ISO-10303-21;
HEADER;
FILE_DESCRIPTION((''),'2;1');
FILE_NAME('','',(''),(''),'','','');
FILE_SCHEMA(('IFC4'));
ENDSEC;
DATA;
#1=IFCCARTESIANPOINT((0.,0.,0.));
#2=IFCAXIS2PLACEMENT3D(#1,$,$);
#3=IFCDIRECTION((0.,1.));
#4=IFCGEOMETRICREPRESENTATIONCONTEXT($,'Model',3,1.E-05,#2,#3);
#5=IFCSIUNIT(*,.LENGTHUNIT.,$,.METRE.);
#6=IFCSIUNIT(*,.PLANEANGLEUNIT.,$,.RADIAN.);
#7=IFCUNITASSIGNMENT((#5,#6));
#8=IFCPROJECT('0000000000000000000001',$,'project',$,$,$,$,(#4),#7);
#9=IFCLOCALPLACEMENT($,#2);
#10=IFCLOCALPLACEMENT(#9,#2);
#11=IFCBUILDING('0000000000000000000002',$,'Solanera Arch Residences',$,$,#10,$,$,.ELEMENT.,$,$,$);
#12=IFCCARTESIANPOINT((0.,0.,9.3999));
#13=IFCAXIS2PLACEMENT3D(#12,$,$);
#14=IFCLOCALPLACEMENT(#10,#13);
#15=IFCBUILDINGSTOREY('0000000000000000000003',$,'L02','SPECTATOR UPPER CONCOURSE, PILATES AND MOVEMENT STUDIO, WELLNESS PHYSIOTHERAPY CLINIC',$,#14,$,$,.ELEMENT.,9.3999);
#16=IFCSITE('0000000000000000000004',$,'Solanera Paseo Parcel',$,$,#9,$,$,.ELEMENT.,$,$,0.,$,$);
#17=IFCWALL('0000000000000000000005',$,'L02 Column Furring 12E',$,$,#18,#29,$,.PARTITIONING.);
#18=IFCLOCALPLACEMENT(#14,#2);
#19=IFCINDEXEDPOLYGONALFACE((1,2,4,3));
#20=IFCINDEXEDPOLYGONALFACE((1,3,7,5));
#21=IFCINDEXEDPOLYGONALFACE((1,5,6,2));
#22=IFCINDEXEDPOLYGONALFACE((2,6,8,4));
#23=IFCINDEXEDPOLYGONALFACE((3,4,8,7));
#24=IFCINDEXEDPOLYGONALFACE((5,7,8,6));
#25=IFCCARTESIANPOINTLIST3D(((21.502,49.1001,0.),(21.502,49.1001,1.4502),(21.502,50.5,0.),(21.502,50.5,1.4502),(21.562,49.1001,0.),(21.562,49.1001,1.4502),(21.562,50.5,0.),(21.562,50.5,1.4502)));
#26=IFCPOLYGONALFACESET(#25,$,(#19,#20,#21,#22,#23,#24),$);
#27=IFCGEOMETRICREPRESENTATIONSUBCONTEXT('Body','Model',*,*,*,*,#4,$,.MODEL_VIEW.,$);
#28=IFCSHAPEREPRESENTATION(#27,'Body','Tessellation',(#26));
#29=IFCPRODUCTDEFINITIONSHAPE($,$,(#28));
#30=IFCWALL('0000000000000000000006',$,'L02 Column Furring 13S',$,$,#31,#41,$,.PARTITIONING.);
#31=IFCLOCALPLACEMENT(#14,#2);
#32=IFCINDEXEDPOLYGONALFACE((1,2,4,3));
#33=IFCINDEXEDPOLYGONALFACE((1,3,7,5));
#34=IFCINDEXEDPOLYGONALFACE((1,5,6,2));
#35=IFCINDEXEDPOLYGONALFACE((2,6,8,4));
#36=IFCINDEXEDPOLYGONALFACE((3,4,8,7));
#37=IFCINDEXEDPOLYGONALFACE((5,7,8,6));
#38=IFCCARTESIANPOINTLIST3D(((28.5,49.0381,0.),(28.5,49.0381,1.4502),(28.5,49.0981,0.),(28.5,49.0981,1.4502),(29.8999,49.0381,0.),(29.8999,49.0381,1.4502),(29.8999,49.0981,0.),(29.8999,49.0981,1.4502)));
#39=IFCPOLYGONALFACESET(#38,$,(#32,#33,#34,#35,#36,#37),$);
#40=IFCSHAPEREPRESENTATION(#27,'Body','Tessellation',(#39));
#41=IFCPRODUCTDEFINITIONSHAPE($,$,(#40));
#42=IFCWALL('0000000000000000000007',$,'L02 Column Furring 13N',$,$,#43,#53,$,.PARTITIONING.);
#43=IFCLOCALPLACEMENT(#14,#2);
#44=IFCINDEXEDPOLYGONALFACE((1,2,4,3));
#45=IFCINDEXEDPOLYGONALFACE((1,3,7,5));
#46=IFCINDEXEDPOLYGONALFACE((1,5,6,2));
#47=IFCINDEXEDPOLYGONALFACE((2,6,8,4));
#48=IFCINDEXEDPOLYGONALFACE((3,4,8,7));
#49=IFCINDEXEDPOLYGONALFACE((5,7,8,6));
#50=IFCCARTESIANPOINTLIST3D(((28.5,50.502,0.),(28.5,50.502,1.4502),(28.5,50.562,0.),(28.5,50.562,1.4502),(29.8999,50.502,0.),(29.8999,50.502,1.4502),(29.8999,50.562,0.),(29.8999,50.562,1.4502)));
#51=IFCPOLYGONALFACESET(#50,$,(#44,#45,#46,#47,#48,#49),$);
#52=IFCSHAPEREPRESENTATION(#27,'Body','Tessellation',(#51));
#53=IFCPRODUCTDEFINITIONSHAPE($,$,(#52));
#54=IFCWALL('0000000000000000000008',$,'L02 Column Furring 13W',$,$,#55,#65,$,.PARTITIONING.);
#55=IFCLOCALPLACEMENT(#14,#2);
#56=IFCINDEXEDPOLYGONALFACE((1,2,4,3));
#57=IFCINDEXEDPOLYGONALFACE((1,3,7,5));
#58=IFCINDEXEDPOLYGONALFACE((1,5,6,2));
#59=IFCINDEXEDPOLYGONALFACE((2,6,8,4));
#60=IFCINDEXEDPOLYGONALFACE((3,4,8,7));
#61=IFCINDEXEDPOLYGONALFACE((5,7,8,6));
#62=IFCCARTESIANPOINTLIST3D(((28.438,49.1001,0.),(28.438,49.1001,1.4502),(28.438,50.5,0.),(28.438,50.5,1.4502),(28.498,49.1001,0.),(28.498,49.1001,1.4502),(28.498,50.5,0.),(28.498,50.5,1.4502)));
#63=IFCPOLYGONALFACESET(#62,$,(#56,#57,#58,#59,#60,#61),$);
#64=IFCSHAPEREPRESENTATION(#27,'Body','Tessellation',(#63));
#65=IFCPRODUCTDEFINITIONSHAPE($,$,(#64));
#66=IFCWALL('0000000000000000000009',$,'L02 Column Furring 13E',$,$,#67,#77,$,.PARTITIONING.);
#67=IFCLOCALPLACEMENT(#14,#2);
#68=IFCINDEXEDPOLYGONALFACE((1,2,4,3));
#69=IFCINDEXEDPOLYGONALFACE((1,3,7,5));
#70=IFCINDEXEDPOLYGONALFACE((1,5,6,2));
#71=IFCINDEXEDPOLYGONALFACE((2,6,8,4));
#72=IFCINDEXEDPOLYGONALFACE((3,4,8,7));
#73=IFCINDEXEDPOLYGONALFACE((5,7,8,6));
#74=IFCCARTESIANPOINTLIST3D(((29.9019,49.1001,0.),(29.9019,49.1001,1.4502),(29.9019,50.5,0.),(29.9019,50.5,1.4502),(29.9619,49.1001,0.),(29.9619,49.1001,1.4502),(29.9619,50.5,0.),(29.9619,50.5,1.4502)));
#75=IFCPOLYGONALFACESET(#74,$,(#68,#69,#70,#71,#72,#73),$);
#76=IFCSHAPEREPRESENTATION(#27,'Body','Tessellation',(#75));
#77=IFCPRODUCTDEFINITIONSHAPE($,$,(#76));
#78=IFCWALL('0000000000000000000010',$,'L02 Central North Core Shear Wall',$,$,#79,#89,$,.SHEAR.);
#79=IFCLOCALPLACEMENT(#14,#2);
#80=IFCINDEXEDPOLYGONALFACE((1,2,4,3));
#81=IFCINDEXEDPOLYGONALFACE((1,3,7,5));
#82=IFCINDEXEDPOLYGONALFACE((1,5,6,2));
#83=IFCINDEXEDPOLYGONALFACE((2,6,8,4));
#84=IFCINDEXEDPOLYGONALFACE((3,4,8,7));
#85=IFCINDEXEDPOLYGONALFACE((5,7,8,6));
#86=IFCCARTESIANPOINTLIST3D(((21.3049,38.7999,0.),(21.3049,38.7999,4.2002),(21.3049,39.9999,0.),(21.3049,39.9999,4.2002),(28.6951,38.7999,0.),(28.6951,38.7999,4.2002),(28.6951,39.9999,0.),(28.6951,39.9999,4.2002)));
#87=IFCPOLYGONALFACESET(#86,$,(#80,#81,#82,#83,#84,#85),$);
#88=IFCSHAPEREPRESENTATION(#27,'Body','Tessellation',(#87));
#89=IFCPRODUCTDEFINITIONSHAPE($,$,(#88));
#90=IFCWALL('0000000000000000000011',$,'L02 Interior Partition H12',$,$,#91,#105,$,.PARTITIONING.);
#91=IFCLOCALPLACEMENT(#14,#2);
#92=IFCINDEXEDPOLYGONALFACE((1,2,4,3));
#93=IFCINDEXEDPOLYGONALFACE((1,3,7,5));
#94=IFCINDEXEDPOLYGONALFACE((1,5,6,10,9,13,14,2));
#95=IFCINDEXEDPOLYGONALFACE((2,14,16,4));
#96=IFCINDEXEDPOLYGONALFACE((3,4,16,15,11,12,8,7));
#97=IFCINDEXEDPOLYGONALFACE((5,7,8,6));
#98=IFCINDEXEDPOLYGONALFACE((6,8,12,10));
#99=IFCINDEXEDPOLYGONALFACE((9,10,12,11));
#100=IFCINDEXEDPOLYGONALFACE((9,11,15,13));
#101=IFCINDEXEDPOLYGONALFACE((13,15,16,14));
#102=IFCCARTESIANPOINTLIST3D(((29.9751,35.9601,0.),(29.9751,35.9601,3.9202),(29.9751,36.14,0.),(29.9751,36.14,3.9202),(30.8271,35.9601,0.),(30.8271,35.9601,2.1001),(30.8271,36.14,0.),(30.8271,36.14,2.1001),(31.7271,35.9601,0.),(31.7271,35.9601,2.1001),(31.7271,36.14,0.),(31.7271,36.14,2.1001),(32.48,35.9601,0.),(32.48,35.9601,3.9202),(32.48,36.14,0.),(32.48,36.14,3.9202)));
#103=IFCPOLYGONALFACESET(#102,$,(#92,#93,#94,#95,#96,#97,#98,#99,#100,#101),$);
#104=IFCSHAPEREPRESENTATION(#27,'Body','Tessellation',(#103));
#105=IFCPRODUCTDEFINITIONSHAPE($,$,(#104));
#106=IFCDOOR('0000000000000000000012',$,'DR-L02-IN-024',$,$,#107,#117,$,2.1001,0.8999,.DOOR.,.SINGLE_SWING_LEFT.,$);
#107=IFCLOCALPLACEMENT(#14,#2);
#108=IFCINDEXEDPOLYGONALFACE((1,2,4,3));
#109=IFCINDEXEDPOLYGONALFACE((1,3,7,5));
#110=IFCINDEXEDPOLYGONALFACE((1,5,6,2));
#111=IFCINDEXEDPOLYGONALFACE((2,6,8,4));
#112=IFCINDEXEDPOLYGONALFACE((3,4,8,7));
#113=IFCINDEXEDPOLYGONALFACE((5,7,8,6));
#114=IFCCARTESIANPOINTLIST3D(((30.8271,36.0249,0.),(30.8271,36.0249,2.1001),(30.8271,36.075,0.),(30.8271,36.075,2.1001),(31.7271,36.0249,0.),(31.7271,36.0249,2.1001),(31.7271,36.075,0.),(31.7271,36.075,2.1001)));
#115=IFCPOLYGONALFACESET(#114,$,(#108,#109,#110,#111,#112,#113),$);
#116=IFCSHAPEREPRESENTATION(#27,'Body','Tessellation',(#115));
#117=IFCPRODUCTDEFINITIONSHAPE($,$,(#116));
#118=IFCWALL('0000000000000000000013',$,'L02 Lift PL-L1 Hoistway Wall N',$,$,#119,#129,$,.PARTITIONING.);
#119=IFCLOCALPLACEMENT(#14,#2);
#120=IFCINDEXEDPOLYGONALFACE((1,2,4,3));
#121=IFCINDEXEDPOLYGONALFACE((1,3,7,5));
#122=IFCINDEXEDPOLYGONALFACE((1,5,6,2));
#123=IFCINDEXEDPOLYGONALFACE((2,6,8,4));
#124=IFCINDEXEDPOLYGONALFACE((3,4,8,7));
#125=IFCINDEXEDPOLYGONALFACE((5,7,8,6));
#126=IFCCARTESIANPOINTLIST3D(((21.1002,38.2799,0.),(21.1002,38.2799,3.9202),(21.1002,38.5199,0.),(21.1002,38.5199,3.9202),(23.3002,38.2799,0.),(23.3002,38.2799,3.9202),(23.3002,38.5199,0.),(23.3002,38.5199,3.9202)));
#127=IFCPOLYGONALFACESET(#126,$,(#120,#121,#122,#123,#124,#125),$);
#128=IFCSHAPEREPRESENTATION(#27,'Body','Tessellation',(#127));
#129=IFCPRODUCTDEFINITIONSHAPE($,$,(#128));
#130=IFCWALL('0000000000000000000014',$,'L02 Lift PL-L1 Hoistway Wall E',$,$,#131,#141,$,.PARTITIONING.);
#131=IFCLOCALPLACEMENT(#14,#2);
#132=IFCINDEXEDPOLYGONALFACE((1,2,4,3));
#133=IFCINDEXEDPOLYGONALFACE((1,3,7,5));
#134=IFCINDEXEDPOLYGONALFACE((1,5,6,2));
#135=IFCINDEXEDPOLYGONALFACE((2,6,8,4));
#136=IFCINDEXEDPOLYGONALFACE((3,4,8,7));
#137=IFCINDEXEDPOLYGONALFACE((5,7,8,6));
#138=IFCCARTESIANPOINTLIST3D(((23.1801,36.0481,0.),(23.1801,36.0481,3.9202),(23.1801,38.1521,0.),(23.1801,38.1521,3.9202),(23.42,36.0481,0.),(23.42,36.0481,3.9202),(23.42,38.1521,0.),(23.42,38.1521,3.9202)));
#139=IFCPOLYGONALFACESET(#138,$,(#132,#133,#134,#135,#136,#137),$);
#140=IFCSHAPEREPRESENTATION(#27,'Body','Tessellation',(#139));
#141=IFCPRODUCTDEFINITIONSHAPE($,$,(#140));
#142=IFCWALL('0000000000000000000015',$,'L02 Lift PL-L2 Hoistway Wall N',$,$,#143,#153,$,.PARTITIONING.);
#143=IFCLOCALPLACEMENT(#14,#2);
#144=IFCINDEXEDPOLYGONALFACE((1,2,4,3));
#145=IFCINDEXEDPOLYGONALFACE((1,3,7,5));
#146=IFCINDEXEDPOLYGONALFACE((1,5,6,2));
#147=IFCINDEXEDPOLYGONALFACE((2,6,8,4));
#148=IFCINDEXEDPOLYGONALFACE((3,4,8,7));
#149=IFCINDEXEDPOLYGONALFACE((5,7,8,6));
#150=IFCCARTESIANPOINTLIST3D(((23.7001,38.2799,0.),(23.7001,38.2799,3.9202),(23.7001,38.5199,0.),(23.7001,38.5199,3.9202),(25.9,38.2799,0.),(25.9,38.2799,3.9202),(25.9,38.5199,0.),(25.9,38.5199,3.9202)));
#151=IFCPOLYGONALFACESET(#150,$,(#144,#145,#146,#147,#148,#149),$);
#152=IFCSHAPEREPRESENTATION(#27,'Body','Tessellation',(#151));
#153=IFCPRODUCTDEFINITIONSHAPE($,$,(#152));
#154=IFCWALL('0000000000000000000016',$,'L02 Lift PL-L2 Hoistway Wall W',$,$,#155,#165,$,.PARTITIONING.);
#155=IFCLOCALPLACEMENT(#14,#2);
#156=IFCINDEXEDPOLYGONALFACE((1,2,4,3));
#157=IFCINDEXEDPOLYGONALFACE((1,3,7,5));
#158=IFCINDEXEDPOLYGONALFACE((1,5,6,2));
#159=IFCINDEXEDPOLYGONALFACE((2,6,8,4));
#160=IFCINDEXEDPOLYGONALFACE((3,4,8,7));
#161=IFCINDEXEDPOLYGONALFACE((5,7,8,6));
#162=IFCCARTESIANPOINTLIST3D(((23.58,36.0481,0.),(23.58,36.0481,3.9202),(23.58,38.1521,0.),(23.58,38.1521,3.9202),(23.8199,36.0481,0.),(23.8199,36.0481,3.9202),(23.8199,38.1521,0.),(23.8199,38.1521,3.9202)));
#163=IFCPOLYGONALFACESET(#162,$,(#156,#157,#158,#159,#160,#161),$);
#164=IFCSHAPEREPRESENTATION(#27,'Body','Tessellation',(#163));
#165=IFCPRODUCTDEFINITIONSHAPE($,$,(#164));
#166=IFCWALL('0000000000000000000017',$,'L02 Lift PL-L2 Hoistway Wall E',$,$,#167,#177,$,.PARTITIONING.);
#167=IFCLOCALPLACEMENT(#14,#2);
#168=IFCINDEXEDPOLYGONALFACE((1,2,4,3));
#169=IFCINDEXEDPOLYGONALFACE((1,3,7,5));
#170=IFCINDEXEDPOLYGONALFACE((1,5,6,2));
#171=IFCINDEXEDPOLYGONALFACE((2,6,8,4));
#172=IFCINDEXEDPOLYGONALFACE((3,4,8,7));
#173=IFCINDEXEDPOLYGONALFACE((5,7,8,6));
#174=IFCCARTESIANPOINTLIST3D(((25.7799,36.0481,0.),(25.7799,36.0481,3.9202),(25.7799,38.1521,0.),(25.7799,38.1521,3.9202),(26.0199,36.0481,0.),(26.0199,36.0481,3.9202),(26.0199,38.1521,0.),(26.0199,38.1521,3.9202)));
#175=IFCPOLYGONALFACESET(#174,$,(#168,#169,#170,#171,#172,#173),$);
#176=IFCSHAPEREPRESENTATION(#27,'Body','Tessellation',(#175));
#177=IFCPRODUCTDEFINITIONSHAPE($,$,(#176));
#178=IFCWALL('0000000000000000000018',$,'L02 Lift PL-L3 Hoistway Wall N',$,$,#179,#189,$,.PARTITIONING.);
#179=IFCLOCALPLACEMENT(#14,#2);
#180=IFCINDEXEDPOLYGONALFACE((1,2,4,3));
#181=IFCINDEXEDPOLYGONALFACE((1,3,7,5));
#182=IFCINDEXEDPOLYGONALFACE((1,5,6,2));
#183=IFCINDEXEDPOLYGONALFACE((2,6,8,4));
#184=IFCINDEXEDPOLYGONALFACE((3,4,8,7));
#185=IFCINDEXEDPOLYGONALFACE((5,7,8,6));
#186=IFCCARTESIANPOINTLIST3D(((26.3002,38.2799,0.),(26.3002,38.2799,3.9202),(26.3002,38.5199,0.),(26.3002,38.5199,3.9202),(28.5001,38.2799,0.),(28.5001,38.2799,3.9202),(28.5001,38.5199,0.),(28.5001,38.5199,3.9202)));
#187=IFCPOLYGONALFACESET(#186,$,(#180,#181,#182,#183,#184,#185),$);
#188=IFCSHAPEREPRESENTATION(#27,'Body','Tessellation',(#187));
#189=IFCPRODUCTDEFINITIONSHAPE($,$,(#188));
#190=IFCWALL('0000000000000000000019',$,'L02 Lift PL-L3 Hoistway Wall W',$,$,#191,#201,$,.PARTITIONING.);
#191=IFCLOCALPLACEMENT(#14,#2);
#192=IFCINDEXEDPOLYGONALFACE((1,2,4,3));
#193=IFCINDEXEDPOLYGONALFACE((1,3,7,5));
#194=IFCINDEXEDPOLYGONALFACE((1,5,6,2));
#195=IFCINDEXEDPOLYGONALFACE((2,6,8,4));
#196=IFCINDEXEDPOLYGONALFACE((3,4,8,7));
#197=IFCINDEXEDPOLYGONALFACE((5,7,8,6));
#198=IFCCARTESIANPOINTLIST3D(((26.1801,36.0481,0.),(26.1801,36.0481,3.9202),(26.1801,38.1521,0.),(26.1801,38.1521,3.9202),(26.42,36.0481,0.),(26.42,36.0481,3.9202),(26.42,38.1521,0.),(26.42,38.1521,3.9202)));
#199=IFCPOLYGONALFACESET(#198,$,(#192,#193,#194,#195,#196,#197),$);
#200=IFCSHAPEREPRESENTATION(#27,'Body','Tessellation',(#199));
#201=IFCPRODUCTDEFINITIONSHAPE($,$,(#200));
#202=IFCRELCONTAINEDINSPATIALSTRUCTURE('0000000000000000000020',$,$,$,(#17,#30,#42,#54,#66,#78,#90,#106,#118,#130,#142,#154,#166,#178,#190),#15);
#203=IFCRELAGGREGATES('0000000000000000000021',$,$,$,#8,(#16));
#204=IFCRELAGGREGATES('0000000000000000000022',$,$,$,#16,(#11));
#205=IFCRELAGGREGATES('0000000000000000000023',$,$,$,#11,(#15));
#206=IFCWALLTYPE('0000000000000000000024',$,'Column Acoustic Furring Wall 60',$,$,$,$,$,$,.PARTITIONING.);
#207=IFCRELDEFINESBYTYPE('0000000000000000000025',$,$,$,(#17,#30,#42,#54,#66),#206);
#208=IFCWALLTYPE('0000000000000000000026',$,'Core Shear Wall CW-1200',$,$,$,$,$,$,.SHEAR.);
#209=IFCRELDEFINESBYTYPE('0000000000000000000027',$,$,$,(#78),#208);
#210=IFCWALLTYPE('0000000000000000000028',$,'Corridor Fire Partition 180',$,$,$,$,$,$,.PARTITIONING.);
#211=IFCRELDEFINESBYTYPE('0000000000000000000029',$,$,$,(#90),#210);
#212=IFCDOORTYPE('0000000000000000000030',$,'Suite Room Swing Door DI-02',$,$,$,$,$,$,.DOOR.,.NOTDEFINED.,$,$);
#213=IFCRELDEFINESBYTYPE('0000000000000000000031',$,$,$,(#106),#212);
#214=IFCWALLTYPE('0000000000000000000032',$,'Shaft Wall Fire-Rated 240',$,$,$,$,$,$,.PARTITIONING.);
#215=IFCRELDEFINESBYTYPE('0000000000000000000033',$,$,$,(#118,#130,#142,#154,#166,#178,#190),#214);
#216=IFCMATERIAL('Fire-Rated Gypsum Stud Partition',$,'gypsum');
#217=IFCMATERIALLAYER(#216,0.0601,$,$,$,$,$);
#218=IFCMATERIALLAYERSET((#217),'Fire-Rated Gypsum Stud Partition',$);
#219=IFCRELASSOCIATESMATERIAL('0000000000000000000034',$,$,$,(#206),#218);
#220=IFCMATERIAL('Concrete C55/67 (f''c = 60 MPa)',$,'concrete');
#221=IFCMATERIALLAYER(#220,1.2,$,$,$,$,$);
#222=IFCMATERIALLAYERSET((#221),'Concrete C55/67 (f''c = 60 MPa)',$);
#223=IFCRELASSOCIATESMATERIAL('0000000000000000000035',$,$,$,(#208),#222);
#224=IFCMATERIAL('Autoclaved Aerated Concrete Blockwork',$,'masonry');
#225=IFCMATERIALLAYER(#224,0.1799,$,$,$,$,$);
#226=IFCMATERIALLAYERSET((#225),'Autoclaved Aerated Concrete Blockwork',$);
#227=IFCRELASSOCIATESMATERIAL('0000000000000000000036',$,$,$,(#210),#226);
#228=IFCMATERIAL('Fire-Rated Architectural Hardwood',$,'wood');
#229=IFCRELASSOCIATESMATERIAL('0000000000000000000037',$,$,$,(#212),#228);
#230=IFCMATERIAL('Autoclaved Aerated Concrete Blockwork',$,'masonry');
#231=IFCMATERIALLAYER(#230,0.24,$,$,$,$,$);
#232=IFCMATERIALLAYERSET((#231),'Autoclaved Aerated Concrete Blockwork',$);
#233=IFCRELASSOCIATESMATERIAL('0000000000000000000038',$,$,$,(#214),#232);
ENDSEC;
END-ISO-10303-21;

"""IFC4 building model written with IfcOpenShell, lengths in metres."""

from ifc_helpers import new_model, si_unit, direction, frame, frame_2d, origin, place, context, subcontext, project, spatial, rectangle, extrude, material, layer, layer_set, type_object, element, fill, save


model = new_model("IFC4")

# Units and contexts
model_context = context("Model", 3, precision=1e-05, world=origin(), true_north=direction((0.0, 1.0)))
body_context = subcontext(model_context, "Body", "Model", "MODEL_VIEW")
ifc_project = project(units=[si_unit("LENGTHUNIT", "METRE"), si_unit("PLANEANGLEUNIT", "RADIAN")], contexts=[model_context])

# Site, building, storey
site_placement = place(None, origin())
site = spatial("IfcSite", under=ifc_project, at=site_placement, Name="Solanera Paseo Parcel", CompositionType="ELEMENT", RefElevation=0.0)
building_placement = place(site_placement, origin())
building = spatial("IfcBuilding", under=site, at=building_placement, Name="Solanera Arch Residences", CompositionType="ELEMENT")
storey_placement = place(building_placement, frame((0.0, 0.0, 9.3999)))
storey = spatial("IfcBuildingStorey", under=building, at=storey_placement, Name="L02", Description="SPECTATOR UPPER CONCOURSE, PILATES AND MOVEMENT STUDIO, WELLNESS PHYSIOTHERAPY CLINIC", CompositionType="ELEMENT", Elevation=9.3999)

# Walls
ifc_material_1 = material(Name="Fire-Rated Gypsum Stud Partition", Category="gypsum")
ifc_layer_1 = layer(ifc_material_1, 0.0601)
ifc_layer_set_1 = layer_set([ifc_layer_1], Name="Fire-Rated Gypsum Stud Partition")
wall_type_1 = type_object("IfcWallType", Name="Column Acoustic Furring Wall 60", PredefinedType="PARTITIONING", material=ifc_layer_set_1)
for number, where, z_axis, x_axis, name in (
    (1, (21.532, 49.1001, 0.0), (0.0, 0.0, 1.0), (0.0, 1.0, 0.0), "L02 Column Furring 12E"),
    (2, (28.5, 49.0681, 0.0), (0.0, 0.0, 1.0), (1.0, 0.0, 0.0), "L02 Column Furring 13S"),
    (3, (28.5, 50.532, 0.0), (0.0, 0.0, 1.0), (1.0, 0.0, 0.0), "L02 Column Furring 13N"),
    (4, (28.468, 49.1001, 0.0), (0.0, 0.0, 1.0), (0.0, 1.0, 0.0), "L02 Column Furring 13W"),
    (5, (29.9319, 49.1001, 0.0), (0.0, 0.0, 1.0), (0.0, 1.0, 0.0), "L02 Column Furring 13E"),
):
    element("IfcWall", number, at=place(storey_placement, frame(where, z_axis=z_axis, x_axis=x_axis)), inside=storey, type_object=wall_type_1, Name=name, PredefinedType="PARTITIONING", context=body_context, shape_type="SweptSolid", body=[
        extrude(rectangle(XDim=1.3999, YDim=0.0601, at=frame_2d((0.7, 0.0))), origin(), (0.0, 0.0, 1.0), 1.4502),
    ])
ifc_material_2 = material(Name="Concrete C55/67 (f'c = 60 MPa)", Category="concrete")
ifc_layer_2 = layer(ifc_material_2, 1.2)
ifc_layer_set_2 = layer_set([ifc_layer_2], Name="Concrete C55/67 (f'c = 60 MPa)")
wall_type_2 = type_object("IfcWallType", Name="Core Shear Wall CW-1200", PredefinedType="SHEAR", material=ifc_layer_set_2)
wall_1_placement = place(storey_placement, frame((21.3049, 39.3999, 0.0), z_axis=(0.0, 0.0, 1.0), x_axis=(1.0, 0.0, 0.0)))
element("IfcWall", 6, at=wall_1_placement, inside=storey, type_object=wall_type_2, Name="L02 Central North Core Shear Wall", PredefinedType="SHEAR", context=body_context, shape_type="SweptSolid", body=[
    extrude(rectangle(XDim=7.3901, YDim=1.2, at=frame_2d((3.6951, 0.0))), origin(), (0.0, 0.0, 1.0), 4.2002),
])

# Wall, opening, door
ifc_material_3 = material(Name="Autoclaved Aerated Concrete Blockwork", Category="masonry")
ifc_layer_3 = layer(ifc_material_3, 0.1799)
ifc_layer_set_3 = layer_set([ifc_layer_3], Name="Autoclaved Aerated Concrete Blockwork")
wall_type_3 = type_object("IfcWallType", Name="Corridor Fire Partition 180", PredefinedType="PARTITIONING", material=ifc_layer_set_3)
wall_2_placement = place(storey_placement, frame((29.9751, 36.05, 0.0), z_axis=(0.0, 0.0, 1.0), x_axis=(1.0, 0.0, 0.0)))
wall_2 = element("IfcWall", 7, at=wall_2_placement, inside=storey, type_object=wall_type_3, Name="L02 Interior Partition H12", PredefinedType="PARTITIONING", context=body_context, shape_type="SweptSolid", body=[
    extrude(rectangle(XDim=2.5049, YDim=0.1799, at=frame_2d((1.2524, 0.0))), origin(), (0.0, 0.0, 1.0), 3.9202),
])
opening_placement = place(wall_2_placement, frame((0.8521, 0.0, 0.0)))
opening = element("IfcOpeningElement", 8, at=opening_placement, cuts=wall_2, PredefinedType="OPENING", context=body_context, shape_type="SweptSolid", body=[
    extrude(rectangle(XDim=0.8999, YDim=2.1001, at=frame_2d((0.45, 1.05))), frame((0.0, 0.1001, 0.0), z_axis=(0.0, -1.0, 0.0), x_axis=(1.0, 0.0, 0.0)), (0.0, 0.0, 1.0), 0.1999),
])
ifc_material_4 = material(Name="Fire-Rated Architectural Hardwood", Category="wood")
door_type = type_object("IfcDoorType", Name="Suite Room Swing Door DI-02", OperationType="NOTDEFINED", PredefinedType="DOOR", material=ifc_material_4)
door_placement = place(opening_placement, origin())
door = element("IfcDoor", 9, at=door_placement, inside=storey, type_object=door_type, Name="DR-L02-IN-024", OperationType="SINGLE_SWING_LEFT", OverallHeight=2.1001, OverallWidth=0.8999, PredefinedType="DOOR", context=body_context, shape_type="SweptSolid", body=[
    extrude(rectangle(XDim=0.8999, YDim=2.1001, at=frame_2d((0.45, 1.05))), frame((0.0, 0.0249, 0.0), z_axis=(0.0, -1.0, 0.0), x_axis=(1.0, 0.0, 0.0)), (0.0, 0.0, 1.0), 0.05),
])
fill(opening, door)

# Walls
ifc_material_5 = material(Name="Autoclaved Aerated Concrete Blockwork", Category="masonry")
ifc_layer_4 = layer(ifc_material_5, 0.24)
ifc_layer_set_4 = layer_set([ifc_layer_4], Name="Autoclaved Aerated Concrete Blockwork")
wall_type_4 = type_object("IfcWallType", Name="Shaft Wall Fire-Rated 240", PredefinedType="PARTITIONING", material=ifc_layer_set_4)
wall_3_placement = place(storey_placement, frame((21.1001, 38.3999, 0.0), z_axis=(0.0, 0.0, 1.0), x_axis=(1.0, 0.0, 0.0)))
element("IfcWall", 10, at=wall_3_placement, inside=storey, type_object=wall_type_4, Name="L02 Lift PL-L1 Hoistway Wall N", PredefinedType="PARTITIONING", context=body_context, shape_type="SweptSolid", body=[
    extrude(rectangle(XDim=2.2, YDim=0.24, at=frame_2d((1.1001, 0.0))), origin(), (0.0, 0.0, 1.0), 3.9202),
])
wall_4_placement = place(storey_placement, frame((23.3, 36.0481, 0.0), z_axis=(0.0, 0.0, 1.0), x_axis=(0.0, 1.0, 0.0)))
element("IfcWall", 11, at=wall_4_placement, inside=storey, type_object=wall_type_4, Name="L02 Lift PL-L1 Hoistway Wall E", PredefinedType="PARTITIONING", context=body_context, shape_type="SweptSolid", body=[
    extrude(rectangle(XDim=2.104, YDim=0.24, at=frame_2d((1.052, 0.0))), origin(), (0.0, 0.0, 1.0), 3.9202),
])
wall_5_placement = place(storey_placement, frame((23.7, 38.3999, 0.0), z_axis=(0.0, 0.0, 1.0), x_axis=(1.0, 0.0, 0.0)))
element("IfcWall", 12, at=wall_5_placement, inside=storey, type_object=wall_type_4, Name="L02 Lift PL-L2 Hoistway Wall N", PredefinedType="PARTITIONING", context=body_context, shape_type="SweptSolid", body=[
    extrude(rectangle(XDim=2.2, YDim=0.24, at=frame_2d((1.1001, 0.0))), origin(), (0.0, 0.0, 1.0), 3.9202),
])
for number, where, z_axis, x_axis, name in (
    (13, (23.7, 36.0481, 0.0), (0.0, 0.0, 1.0), (0.0, 1.0, 0.0), "L02 Lift PL-L2 Hoistway Wall W"),
    (14, (25.8999, 36.0481, 0.0), (0.0, 0.0, 1.0), (0.0, 1.0, 0.0), "L02 Lift PL-L2 Hoistway Wall E"),
):
    element("IfcWall", number, at=place(storey_placement, frame(where, z_axis=z_axis, x_axis=x_axis)), inside=storey, type_object=wall_type_4, Name=name, PredefinedType="PARTITIONING", context=body_context, shape_type="SweptSolid", body=[
        extrude(rectangle(XDim=2.104, YDim=0.24, at=frame_2d((1.052, 0.0))), origin(), (0.0, 0.0, 1.0), 3.9202),
    ])
wall_6_placement = place(storey_placement, frame((26.3, 38.3999, 0.0), z_axis=(0.0, 0.0, 1.0), x_axis=(1.0, 0.0, 0.0)))
element("IfcWall", 15, at=wall_6_placement, inside=storey, type_object=wall_type_4, Name="L02 Lift PL-L3 Hoistway Wall N", PredefinedType="PARTITIONING", context=body_context, shape_type="SweptSolid", body=[
    extrude(rectangle(XDim=2.2, YDim=0.24, at=frame_2d((1.1001, 0.0))), origin(), (0.0, 0.0, 1.0), 3.9202),
])
for number, where, z_axis, x_axis, name in (
    (16, (26.3, 36.0481, 0.0), (0.0, 0.0, 1.0), (0.0, 1.0, 0.0), "L02 Lift PL-L3 Hoistway Wall W"),
):
    element("IfcWall", number, at=place(storey_placement, frame(where, z_axis=z_axis, x_axis=x_axis)), inside=storey, type_object=wall_type_4, Name=name, PredefinedType="PARTITIONING", context=body_context, shape_type="SweptSolid", body=[
        extrude(rectangle(XDim=2.104, YDim=0.24, at=frame_2d((1.052, 0.0))), origin(), (0.0, 0.0, 1.0), 3.9202),
    ])

save(model, "model.ifc")
